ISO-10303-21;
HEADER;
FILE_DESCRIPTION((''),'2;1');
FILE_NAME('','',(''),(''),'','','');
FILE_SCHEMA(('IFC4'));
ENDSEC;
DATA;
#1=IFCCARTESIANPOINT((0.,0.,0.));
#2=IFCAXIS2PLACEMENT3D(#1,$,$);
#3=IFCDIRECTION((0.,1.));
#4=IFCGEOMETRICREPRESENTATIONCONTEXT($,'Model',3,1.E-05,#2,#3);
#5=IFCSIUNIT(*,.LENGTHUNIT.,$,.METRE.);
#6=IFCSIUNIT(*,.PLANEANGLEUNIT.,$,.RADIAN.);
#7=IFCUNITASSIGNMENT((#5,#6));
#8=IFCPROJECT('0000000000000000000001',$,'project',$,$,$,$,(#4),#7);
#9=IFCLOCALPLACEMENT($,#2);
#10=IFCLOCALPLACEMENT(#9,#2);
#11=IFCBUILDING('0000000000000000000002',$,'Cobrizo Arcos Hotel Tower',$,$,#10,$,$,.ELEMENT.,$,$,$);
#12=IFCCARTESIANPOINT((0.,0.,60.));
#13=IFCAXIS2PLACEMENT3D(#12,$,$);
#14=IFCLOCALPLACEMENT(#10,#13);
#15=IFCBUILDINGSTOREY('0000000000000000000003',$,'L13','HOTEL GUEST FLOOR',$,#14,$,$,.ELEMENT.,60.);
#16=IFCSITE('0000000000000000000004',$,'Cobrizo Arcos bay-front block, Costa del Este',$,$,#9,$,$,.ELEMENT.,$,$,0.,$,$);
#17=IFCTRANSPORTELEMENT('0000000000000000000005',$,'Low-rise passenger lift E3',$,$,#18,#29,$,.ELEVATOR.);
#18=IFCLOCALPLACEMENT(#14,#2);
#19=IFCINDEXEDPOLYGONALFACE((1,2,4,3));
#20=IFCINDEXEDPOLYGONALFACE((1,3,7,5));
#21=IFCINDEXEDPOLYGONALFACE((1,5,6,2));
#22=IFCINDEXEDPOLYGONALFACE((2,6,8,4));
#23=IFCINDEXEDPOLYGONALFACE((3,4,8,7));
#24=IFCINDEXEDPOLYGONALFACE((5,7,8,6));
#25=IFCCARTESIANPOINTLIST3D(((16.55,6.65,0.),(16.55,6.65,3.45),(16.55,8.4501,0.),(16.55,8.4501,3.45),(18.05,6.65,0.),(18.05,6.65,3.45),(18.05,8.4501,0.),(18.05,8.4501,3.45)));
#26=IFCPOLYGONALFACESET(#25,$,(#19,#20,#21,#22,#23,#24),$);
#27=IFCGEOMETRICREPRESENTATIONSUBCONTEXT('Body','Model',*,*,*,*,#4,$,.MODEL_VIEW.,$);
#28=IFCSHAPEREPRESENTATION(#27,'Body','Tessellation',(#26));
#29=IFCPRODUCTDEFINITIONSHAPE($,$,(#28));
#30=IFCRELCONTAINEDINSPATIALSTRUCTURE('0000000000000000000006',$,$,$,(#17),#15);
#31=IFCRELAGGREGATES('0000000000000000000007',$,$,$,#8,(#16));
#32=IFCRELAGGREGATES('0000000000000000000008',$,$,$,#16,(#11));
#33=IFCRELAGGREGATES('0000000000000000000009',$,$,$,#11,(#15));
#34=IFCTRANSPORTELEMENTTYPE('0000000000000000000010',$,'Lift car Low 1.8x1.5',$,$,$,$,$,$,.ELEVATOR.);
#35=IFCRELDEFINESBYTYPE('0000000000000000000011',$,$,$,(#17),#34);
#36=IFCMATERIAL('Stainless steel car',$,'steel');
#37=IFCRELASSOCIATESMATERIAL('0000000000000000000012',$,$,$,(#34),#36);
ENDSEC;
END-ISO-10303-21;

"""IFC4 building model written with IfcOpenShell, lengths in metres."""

from ifc_helpers import new_model, si_unit, direction, frame, origin, origin_2d, place, context, subcontext, project, spatial, rectangle, extrude, material, type_object, element, save


model = new_model("IFC4")

# Units and contexts
model_context = context("Model", 3, precision=1e-05, world=origin(), true_north=direction((0.0, 1.0)))
body_context = subcontext(model_context, "Body", "Model", "MODEL_VIEW")
ifc_project = project(units=[si_unit("LENGTHUNIT", "METRE"), si_unit("PLANEANGLEUNIT", "RADIAN")], contexts=[model_context])

# Site, building, storey
site_placement = place(None, origin())
site = spatial("IfcSite", under=ifc_project, at=site_placement, Name="Cobrizo Arcos bay-front block, Costa del Este", CompositionType="ELEMENT", RefElevation=0.0)
building_placement = place(site_placement, origin())
building = spatial("IfcBuilding", under=site, at=building_placement, Name="Cobrizo Arcos Hotel Tower", CompositionType="ELEMENT")
storey_placement = place(building_placement, frame((0.0, 0.0, 60.0)))
storey = spatial("IfcBuildingStorey", under=building, at=storey_placement, Name="L13", Description="HOTEL GUEST FLOOR", CompositionType="ELEMENT", Elevation=60.0)

# Transport element
ifc_material_1 = material(Name="Stainless steel car", Category="steel")
transport_element_type = type_object("IfcTransportElementType", Name="Lift car Low 1.8x1.5", PredefinedType="ELEVATOR", material=ifc_material_1)
for number, where, z_axis, x_axis, name in (
    (1, (17.3, 7.55, 0.0), (0.0, 0.0, 1.0), (1.0, 0.0, 0.0), "Low-rise passenger lift E3"),
):
    element("IfcTransportElement", number, at=place(storey_placement, frame(where, z_axis=z_axis, x_axis=x_axis)), inside=storey, type_object=transport_element_type, Name=name, PredefinedType="ELEVATOR", context=body_context, shape_type="SweptSolid", body=[
        extrude(rectangle(XDim=1.5, YDim=1.8, at=origin_2d()), origin(), (0.0, 0.0, 1.0), 3.45),
    ])

save(model, "model.ifc")
